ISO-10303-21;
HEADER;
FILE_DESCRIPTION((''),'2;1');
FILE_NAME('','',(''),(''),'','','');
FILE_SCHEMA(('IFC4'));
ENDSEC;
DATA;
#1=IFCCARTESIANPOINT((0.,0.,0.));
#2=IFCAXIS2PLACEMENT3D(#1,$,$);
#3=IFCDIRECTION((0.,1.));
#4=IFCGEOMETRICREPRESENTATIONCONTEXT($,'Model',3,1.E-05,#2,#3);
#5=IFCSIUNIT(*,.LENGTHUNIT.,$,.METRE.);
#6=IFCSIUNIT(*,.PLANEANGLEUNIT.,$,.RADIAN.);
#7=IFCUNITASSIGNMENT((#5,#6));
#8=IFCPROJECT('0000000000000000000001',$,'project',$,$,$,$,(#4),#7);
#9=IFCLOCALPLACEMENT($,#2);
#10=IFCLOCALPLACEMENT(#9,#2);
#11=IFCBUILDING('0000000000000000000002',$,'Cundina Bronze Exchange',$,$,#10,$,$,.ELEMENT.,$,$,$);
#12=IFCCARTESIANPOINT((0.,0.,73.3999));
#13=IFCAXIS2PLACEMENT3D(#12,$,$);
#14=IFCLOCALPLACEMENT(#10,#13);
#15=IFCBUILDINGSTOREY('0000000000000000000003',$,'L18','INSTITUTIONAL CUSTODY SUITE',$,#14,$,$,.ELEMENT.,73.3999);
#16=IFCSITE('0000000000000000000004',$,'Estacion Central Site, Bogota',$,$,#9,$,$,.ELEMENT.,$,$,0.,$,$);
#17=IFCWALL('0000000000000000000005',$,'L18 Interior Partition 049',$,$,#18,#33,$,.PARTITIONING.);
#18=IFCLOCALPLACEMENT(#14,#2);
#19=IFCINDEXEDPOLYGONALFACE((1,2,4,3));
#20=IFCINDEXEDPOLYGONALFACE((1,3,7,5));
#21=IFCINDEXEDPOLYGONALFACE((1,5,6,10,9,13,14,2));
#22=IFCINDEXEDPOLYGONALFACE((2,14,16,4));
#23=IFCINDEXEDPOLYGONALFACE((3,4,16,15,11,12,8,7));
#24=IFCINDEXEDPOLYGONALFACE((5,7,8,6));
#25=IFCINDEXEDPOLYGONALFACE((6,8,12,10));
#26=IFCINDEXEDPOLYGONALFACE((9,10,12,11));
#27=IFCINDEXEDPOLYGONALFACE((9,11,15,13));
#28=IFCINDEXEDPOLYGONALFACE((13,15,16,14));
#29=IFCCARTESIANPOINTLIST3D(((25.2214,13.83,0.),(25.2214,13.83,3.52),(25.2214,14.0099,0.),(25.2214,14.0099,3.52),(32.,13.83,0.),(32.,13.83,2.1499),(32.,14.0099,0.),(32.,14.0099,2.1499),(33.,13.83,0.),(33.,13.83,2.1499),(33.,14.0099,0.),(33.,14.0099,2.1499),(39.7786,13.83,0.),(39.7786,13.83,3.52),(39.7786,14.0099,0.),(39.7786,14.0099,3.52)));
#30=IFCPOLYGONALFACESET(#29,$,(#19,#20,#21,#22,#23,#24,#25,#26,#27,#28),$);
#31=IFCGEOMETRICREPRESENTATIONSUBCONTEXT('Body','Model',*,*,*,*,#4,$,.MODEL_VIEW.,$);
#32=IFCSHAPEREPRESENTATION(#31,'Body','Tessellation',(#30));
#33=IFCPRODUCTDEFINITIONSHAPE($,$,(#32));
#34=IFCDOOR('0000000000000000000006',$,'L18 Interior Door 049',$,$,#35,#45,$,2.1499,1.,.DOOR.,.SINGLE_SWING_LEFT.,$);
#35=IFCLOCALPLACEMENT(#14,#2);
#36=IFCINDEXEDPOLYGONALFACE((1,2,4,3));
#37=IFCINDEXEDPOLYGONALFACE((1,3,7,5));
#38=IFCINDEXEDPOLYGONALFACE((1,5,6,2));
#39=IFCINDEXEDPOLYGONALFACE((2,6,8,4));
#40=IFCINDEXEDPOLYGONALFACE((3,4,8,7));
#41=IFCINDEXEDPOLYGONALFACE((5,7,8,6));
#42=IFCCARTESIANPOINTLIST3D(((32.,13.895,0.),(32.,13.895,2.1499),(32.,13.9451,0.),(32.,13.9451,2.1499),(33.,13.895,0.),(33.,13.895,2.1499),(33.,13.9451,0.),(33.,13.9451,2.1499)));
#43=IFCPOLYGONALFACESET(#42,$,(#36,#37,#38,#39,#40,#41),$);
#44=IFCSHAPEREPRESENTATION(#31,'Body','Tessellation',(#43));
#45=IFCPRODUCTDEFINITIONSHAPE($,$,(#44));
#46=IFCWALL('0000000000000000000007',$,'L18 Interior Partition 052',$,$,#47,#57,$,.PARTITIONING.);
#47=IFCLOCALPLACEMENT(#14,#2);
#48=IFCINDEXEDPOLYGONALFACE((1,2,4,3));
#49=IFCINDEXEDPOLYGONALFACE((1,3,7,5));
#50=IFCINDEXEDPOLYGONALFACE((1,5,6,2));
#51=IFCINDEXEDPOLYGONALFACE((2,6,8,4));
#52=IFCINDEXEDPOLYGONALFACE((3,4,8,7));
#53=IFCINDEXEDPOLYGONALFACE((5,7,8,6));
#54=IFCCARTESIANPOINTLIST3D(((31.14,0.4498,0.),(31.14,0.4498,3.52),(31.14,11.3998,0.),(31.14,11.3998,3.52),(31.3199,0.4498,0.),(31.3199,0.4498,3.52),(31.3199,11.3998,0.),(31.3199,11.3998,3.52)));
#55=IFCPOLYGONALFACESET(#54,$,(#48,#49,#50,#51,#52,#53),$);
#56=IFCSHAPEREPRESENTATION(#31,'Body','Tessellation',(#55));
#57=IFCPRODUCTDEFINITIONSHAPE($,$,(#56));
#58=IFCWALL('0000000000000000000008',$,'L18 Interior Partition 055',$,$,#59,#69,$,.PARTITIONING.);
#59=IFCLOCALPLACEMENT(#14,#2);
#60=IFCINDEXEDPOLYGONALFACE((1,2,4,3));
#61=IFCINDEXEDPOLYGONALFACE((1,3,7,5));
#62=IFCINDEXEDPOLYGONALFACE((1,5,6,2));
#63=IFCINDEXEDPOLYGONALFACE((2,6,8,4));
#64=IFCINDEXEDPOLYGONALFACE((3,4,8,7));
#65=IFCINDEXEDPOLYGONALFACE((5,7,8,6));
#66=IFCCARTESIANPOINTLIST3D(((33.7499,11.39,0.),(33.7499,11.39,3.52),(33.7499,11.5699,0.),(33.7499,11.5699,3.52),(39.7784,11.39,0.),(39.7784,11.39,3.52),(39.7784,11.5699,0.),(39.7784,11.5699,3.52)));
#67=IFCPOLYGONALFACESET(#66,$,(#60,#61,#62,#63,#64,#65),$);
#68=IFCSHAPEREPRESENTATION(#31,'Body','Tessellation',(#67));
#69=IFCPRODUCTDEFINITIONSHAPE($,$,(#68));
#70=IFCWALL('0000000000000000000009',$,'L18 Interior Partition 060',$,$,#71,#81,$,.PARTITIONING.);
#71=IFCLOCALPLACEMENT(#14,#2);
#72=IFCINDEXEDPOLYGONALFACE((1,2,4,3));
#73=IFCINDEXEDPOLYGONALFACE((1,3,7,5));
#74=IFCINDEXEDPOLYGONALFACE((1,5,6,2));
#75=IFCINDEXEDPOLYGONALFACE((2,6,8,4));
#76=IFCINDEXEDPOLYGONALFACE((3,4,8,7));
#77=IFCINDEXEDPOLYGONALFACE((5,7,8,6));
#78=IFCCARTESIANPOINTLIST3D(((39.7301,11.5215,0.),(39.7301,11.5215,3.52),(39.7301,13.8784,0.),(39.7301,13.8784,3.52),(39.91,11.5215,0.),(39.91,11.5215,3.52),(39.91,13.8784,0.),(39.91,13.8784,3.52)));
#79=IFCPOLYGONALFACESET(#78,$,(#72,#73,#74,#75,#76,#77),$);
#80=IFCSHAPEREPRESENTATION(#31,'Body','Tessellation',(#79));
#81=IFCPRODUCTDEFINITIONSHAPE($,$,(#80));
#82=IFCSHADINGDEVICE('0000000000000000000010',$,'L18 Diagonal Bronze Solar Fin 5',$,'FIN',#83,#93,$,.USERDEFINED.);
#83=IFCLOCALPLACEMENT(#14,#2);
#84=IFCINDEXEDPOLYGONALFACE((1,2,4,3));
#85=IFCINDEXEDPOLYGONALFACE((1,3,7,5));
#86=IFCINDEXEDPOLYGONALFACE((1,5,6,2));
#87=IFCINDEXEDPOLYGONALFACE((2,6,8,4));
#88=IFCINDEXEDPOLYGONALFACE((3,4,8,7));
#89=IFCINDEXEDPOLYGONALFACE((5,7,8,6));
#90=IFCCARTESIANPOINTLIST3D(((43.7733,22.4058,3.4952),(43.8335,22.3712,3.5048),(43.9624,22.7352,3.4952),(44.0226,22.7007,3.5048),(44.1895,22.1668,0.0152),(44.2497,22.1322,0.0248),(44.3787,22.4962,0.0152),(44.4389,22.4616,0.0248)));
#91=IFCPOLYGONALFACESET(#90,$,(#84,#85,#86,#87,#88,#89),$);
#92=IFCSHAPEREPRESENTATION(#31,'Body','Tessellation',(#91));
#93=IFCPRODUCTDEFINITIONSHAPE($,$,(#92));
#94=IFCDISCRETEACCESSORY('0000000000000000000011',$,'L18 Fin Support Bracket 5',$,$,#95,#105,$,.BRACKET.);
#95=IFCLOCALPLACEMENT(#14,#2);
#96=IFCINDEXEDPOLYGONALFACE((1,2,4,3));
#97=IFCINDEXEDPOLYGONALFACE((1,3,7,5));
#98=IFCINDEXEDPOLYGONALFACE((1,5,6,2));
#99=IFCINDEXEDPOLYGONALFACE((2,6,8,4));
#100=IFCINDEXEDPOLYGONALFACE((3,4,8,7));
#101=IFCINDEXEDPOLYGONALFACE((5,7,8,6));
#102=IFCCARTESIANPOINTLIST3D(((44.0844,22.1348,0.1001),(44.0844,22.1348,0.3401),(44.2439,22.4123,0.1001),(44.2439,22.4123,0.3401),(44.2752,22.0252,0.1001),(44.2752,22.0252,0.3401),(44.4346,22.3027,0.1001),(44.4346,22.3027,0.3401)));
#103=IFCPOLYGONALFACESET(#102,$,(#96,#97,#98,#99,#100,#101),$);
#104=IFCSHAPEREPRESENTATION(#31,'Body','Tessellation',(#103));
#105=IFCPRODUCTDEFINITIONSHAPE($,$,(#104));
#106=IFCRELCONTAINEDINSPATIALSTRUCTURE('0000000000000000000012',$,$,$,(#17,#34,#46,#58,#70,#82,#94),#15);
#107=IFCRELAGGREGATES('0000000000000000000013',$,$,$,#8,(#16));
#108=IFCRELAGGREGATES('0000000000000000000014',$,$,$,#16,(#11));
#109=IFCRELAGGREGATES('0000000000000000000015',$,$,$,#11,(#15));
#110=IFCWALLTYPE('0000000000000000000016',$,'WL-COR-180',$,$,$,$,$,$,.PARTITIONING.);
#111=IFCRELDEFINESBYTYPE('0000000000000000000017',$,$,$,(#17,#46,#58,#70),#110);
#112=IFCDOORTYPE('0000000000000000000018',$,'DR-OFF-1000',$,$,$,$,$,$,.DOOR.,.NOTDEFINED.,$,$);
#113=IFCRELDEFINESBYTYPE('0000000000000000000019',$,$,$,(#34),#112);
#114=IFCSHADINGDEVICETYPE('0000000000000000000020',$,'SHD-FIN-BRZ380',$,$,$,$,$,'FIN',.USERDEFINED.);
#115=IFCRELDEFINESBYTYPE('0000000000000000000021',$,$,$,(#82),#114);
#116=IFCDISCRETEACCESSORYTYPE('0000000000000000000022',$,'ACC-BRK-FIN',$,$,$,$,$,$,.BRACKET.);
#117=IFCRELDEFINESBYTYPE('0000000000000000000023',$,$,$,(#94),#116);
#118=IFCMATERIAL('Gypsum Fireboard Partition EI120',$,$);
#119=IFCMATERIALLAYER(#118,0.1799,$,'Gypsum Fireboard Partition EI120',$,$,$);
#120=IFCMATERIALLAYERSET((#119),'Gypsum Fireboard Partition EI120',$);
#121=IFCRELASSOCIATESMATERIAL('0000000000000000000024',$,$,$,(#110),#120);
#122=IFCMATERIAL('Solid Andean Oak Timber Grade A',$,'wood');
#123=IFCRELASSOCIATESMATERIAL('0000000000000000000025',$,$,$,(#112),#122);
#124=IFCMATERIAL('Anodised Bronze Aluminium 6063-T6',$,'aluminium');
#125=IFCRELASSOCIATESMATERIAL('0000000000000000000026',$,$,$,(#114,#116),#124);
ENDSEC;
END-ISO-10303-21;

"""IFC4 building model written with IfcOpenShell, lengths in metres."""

from ifc_helpers import new_model, si_unit, direction, frame, frame_2d, origin, origin_2d, place, context, subcontext, project, spatial, rectangle, extrude, material, layer, layer_set, material_profile, profile_set, type_object, element, fill, save


model = new_model("IFC4")

# Units and contexts
model_context = context("Model", 3, precision=1e-05, world=origin(), true_north=direction((0.0, 1.0)))
body_context = subcontext(model_context, "Body", "Model", "MODEL_VIEW")
ifc_project = project(units=[si_unit("LENGTHUNIT", "METRE"), si_unit("PLANEANGLEUNIT", "RADIAN")], contexts=[model_context])

# Site, building, storey
site_placement = place(None, origin())
site = spatial("IfcSite", under=ifc_project, at=site_placement, Name="Estacion Central Site, Bogota", CompositionType="ELEMENT", RefElevation=0.0)
building_placement = place(site_placement, origin())
building = spatial("IfcBuilding", under=site, at=building_placement, Name="Cundina Bronze Exchange", CompositionType="ELEMENT")
storey_placement = place(building_placement, frame((0.0, 0.0, 73.3999)))
storey = spatial("IfcBuildingStorey", under=building, at=storey_placement, Name="L18", Description="INSTITUTIONAL CUSTODY SUITE", CompositionType="ELEMENT", Elevation=73.3999)

# Shared definitions
ifc_material_1 = material(Name="Anodised Bronze Aluminium 6063-T6", Category="aluminium")

# Wall, opening, door
ifc_material_2 = material(Name="Gypsum Fireboard Partition EI120")
ifc_layer_1 = layer(ifc_material_2, 0.1799, Name="Gypsum Fireboard Partition EI120")
ifc_layer_set_1 = layer_set([ifc_layer_1], Name="Gypsum Fireboard Partition EI120")
wall_type = type_object("IfcWallType", Name="WL-COR-180", PredefinedType="PARTITIONING", material=ifc_layer_set_1)
wall_1_placement = place(storey_placement, frame((39.7786, 13.9199, 0.0), z_axis=(0.0, 0.0, 1.0), x_axis=(-1.0, 0.0, 0.0)))
wall_1 = element("IfcWall", 1, at=wall_1_placement, inside=storey, type_object=wall_type, Name="L18 Interior Partition 049", PredefinedType="PARTITIONING", context=body_context, shape_type="SweptSolid", body=[
    extrude(rectangle(XDim=14.5571, YDim=0.1799, at=frame_2d((7.2786, 0.0))), origin(), (0.0, 0.0, 1.0), 3.52),
])
opening_placement = place(wall_1_placement, frame((6.7786, 0.0, 0.0)))
opening = element("IfcOpeningElement", 2, at=opening_placement, cuts=wall_1, PredefinedType="OPENING", context=body_context, shape_type="SweptSolid", body=[
    extrude(rectangle(XDim=1.0, YDim=2.1499, at=frame_2d((0.5, 1.075))), frame((0.0, 0.0999, 0.0), z_axis=(0.0, -1.0, 0.0), x_axis=(1.0, 0.0, 0.0)), (0.0, 0.0, 1.0), 0.2),
])
ifc_material_3 = material(Name="Solid Andean Oak Timber Grade A", Category="wood")
door_type = type_object("IfcDoorType", Name="DR-OFF-1000", OperationType="NOTDEFINED", PredefinedType="DOOR", material=ifc_material_3)
door_placement = place(opening_placement, origin())
door = element("IfcDoor", 3, at=door_placement, inside=storey, type_object=door_type, Name="L18 Interior Door 049", OperationType="SINGLE_SWING_LEFT", OverallHeight=2.1499, OverallWidth=1.0, PredefinedType="DOOR", context=body_context, shape_type="SweptSolid", body=[
    extrude(rectangle(XDim=1.0, YDim=2.1499, at=frame_2d((0.5, 1.075))), frame((0.0, 0.0249, 0.0), z_axis=(0.0, -1.0, 0.0), x_axis=(1.0, 0.0, 0.0)), (0.0, 0.0, 1.0), 0.05),
])
fill(opening, door)

# Walls
wall_2_placement = place(storey_placement, frame((31.23, 11.3999, 0.0), z_axis=(0.0, 0.0, 1.0), x_axis=(0.0, -1.0, 0.0)))
element("IfcWall", 4, at=wall_2_placement, inside=storey, type_object=wall_type, Name="L18 Interior Partition 052", PredefinedType="PARTITIONING", context=body_context, shape_type="SweptSolid", body=[
    extrude(rectangle(XDim=10.95, YDim=0.1799, at=frame_2d((5.4751, 0.0))), origin(), (0.0, 0.0, 1.0), 3.52),
])
wall_3_placement = place(storey_placement, frame((33.75, 11.48, 0.0), z_axis=(0.0, 0.0, 1.0), x_axis=(1.0, 0.0, 0.0)))
element("IfcWall", 5, at=wall_3_placement, inside=storey, type_object=wall_type, Name="L18 Interior Partition 055", PredefinedType="PARTITIONING", context=body_context, shape_type="SweptSolid", body=[
    extrude(rectangle(XDim=6.0286, YDim=0.1799, at=frame_2d((3.0142, 0.0))), origin(), (0.0, 0.0, 1.0), 3.52),
])
wall_4_placement = place(storey_placement, frame((39.8201, 11.5215, 0.0), z_axis=(0.0, 0.0, 1.0), x_axis=(0.0, 1.0, 0.0)))
element("IfcWall", 6, at=wall_4_placement, inside=storey, type_object=wall_type, Name="L18 Interior Partition 060", PredefinedType="PARTITIONING", context=body_context, shape_type="SweptSolid", body=[
    extrude(rectangle(XDim=2.3569, YDim=0.1799, at=frame_2d((1.1785, 0.0))), origin(), (0.0, 0.0, 1.0), 3.52),
])

# Shading device
ifc_material_profile_1 = material_profile(ifc_material_1, rectangle(XDim=0.0701, YDim=0.3799, at=origin_2d()), Name="FIN70X380", Category="aluminium")
ifc_profile_set_1 = profile_set([ifc_material_profile_1], Name="Anodised Bronze Aluminium 6063-T6")
shading_device_type = type_object("IfcShadingDeviceType", Name="SHD-FIN-BRZ380", ElementType="FIN", PredefinedType="USERDEFINED", material=ifc_profile_set_1)
shading_device_placement = place(storey_placement, frame((44.3142, 22.3142, 0.02), z_axis=(-0.118494, 0.068038, 0.990621), x_axis=(0.859075, -0.493275, 0.136638)))
element("IfcShadingDevice", 7, at=shading_device_placement, inside=storey, type_object=shading_device_type, Name="L18 Diagonal Bronze Solar Fin 5", ObjectType="FIN", PredefinedType="USERDEFINED", context=body_context, shape_type="SweptSolid", body=[
    extrude(rectangle(XDim=0.0701, YDim=0.3799, at=origin_2d()), origin(), (0.0, 0.0, 1.0), 3.5129),
])

# Discrete accessory
discrete_accessory_type = type_object("IfcDiscreteAccessoryType", Name="ACC-BRK-FIN", PredefinedType="BRACKET", material=ifc_material_1)
discrete_accessory_placement = place(storey_placement, frame((44.2595, 22.2188, 0.1001), z_axis=(0.0, 0.0, 1.0), x_axis=(-0.867105, 0.498125, 0.0)))
element("IfcDiscreteAccessory", 8, at=discrete_accessory_placement, inside=storey, type_object=discrete_accessory_type, Name="L18 Fin Support Bracket 5", PredefinedType="BRACKET", context=body_context, shape_type="SweptSolid", body=[
    extrude(rectangle(XDim=0.22, YDim=0.3201, at=origin_2d()), origin(), (0.0, 0.0, 1.0), 0.24),
])

save(model, "model.ifc")
